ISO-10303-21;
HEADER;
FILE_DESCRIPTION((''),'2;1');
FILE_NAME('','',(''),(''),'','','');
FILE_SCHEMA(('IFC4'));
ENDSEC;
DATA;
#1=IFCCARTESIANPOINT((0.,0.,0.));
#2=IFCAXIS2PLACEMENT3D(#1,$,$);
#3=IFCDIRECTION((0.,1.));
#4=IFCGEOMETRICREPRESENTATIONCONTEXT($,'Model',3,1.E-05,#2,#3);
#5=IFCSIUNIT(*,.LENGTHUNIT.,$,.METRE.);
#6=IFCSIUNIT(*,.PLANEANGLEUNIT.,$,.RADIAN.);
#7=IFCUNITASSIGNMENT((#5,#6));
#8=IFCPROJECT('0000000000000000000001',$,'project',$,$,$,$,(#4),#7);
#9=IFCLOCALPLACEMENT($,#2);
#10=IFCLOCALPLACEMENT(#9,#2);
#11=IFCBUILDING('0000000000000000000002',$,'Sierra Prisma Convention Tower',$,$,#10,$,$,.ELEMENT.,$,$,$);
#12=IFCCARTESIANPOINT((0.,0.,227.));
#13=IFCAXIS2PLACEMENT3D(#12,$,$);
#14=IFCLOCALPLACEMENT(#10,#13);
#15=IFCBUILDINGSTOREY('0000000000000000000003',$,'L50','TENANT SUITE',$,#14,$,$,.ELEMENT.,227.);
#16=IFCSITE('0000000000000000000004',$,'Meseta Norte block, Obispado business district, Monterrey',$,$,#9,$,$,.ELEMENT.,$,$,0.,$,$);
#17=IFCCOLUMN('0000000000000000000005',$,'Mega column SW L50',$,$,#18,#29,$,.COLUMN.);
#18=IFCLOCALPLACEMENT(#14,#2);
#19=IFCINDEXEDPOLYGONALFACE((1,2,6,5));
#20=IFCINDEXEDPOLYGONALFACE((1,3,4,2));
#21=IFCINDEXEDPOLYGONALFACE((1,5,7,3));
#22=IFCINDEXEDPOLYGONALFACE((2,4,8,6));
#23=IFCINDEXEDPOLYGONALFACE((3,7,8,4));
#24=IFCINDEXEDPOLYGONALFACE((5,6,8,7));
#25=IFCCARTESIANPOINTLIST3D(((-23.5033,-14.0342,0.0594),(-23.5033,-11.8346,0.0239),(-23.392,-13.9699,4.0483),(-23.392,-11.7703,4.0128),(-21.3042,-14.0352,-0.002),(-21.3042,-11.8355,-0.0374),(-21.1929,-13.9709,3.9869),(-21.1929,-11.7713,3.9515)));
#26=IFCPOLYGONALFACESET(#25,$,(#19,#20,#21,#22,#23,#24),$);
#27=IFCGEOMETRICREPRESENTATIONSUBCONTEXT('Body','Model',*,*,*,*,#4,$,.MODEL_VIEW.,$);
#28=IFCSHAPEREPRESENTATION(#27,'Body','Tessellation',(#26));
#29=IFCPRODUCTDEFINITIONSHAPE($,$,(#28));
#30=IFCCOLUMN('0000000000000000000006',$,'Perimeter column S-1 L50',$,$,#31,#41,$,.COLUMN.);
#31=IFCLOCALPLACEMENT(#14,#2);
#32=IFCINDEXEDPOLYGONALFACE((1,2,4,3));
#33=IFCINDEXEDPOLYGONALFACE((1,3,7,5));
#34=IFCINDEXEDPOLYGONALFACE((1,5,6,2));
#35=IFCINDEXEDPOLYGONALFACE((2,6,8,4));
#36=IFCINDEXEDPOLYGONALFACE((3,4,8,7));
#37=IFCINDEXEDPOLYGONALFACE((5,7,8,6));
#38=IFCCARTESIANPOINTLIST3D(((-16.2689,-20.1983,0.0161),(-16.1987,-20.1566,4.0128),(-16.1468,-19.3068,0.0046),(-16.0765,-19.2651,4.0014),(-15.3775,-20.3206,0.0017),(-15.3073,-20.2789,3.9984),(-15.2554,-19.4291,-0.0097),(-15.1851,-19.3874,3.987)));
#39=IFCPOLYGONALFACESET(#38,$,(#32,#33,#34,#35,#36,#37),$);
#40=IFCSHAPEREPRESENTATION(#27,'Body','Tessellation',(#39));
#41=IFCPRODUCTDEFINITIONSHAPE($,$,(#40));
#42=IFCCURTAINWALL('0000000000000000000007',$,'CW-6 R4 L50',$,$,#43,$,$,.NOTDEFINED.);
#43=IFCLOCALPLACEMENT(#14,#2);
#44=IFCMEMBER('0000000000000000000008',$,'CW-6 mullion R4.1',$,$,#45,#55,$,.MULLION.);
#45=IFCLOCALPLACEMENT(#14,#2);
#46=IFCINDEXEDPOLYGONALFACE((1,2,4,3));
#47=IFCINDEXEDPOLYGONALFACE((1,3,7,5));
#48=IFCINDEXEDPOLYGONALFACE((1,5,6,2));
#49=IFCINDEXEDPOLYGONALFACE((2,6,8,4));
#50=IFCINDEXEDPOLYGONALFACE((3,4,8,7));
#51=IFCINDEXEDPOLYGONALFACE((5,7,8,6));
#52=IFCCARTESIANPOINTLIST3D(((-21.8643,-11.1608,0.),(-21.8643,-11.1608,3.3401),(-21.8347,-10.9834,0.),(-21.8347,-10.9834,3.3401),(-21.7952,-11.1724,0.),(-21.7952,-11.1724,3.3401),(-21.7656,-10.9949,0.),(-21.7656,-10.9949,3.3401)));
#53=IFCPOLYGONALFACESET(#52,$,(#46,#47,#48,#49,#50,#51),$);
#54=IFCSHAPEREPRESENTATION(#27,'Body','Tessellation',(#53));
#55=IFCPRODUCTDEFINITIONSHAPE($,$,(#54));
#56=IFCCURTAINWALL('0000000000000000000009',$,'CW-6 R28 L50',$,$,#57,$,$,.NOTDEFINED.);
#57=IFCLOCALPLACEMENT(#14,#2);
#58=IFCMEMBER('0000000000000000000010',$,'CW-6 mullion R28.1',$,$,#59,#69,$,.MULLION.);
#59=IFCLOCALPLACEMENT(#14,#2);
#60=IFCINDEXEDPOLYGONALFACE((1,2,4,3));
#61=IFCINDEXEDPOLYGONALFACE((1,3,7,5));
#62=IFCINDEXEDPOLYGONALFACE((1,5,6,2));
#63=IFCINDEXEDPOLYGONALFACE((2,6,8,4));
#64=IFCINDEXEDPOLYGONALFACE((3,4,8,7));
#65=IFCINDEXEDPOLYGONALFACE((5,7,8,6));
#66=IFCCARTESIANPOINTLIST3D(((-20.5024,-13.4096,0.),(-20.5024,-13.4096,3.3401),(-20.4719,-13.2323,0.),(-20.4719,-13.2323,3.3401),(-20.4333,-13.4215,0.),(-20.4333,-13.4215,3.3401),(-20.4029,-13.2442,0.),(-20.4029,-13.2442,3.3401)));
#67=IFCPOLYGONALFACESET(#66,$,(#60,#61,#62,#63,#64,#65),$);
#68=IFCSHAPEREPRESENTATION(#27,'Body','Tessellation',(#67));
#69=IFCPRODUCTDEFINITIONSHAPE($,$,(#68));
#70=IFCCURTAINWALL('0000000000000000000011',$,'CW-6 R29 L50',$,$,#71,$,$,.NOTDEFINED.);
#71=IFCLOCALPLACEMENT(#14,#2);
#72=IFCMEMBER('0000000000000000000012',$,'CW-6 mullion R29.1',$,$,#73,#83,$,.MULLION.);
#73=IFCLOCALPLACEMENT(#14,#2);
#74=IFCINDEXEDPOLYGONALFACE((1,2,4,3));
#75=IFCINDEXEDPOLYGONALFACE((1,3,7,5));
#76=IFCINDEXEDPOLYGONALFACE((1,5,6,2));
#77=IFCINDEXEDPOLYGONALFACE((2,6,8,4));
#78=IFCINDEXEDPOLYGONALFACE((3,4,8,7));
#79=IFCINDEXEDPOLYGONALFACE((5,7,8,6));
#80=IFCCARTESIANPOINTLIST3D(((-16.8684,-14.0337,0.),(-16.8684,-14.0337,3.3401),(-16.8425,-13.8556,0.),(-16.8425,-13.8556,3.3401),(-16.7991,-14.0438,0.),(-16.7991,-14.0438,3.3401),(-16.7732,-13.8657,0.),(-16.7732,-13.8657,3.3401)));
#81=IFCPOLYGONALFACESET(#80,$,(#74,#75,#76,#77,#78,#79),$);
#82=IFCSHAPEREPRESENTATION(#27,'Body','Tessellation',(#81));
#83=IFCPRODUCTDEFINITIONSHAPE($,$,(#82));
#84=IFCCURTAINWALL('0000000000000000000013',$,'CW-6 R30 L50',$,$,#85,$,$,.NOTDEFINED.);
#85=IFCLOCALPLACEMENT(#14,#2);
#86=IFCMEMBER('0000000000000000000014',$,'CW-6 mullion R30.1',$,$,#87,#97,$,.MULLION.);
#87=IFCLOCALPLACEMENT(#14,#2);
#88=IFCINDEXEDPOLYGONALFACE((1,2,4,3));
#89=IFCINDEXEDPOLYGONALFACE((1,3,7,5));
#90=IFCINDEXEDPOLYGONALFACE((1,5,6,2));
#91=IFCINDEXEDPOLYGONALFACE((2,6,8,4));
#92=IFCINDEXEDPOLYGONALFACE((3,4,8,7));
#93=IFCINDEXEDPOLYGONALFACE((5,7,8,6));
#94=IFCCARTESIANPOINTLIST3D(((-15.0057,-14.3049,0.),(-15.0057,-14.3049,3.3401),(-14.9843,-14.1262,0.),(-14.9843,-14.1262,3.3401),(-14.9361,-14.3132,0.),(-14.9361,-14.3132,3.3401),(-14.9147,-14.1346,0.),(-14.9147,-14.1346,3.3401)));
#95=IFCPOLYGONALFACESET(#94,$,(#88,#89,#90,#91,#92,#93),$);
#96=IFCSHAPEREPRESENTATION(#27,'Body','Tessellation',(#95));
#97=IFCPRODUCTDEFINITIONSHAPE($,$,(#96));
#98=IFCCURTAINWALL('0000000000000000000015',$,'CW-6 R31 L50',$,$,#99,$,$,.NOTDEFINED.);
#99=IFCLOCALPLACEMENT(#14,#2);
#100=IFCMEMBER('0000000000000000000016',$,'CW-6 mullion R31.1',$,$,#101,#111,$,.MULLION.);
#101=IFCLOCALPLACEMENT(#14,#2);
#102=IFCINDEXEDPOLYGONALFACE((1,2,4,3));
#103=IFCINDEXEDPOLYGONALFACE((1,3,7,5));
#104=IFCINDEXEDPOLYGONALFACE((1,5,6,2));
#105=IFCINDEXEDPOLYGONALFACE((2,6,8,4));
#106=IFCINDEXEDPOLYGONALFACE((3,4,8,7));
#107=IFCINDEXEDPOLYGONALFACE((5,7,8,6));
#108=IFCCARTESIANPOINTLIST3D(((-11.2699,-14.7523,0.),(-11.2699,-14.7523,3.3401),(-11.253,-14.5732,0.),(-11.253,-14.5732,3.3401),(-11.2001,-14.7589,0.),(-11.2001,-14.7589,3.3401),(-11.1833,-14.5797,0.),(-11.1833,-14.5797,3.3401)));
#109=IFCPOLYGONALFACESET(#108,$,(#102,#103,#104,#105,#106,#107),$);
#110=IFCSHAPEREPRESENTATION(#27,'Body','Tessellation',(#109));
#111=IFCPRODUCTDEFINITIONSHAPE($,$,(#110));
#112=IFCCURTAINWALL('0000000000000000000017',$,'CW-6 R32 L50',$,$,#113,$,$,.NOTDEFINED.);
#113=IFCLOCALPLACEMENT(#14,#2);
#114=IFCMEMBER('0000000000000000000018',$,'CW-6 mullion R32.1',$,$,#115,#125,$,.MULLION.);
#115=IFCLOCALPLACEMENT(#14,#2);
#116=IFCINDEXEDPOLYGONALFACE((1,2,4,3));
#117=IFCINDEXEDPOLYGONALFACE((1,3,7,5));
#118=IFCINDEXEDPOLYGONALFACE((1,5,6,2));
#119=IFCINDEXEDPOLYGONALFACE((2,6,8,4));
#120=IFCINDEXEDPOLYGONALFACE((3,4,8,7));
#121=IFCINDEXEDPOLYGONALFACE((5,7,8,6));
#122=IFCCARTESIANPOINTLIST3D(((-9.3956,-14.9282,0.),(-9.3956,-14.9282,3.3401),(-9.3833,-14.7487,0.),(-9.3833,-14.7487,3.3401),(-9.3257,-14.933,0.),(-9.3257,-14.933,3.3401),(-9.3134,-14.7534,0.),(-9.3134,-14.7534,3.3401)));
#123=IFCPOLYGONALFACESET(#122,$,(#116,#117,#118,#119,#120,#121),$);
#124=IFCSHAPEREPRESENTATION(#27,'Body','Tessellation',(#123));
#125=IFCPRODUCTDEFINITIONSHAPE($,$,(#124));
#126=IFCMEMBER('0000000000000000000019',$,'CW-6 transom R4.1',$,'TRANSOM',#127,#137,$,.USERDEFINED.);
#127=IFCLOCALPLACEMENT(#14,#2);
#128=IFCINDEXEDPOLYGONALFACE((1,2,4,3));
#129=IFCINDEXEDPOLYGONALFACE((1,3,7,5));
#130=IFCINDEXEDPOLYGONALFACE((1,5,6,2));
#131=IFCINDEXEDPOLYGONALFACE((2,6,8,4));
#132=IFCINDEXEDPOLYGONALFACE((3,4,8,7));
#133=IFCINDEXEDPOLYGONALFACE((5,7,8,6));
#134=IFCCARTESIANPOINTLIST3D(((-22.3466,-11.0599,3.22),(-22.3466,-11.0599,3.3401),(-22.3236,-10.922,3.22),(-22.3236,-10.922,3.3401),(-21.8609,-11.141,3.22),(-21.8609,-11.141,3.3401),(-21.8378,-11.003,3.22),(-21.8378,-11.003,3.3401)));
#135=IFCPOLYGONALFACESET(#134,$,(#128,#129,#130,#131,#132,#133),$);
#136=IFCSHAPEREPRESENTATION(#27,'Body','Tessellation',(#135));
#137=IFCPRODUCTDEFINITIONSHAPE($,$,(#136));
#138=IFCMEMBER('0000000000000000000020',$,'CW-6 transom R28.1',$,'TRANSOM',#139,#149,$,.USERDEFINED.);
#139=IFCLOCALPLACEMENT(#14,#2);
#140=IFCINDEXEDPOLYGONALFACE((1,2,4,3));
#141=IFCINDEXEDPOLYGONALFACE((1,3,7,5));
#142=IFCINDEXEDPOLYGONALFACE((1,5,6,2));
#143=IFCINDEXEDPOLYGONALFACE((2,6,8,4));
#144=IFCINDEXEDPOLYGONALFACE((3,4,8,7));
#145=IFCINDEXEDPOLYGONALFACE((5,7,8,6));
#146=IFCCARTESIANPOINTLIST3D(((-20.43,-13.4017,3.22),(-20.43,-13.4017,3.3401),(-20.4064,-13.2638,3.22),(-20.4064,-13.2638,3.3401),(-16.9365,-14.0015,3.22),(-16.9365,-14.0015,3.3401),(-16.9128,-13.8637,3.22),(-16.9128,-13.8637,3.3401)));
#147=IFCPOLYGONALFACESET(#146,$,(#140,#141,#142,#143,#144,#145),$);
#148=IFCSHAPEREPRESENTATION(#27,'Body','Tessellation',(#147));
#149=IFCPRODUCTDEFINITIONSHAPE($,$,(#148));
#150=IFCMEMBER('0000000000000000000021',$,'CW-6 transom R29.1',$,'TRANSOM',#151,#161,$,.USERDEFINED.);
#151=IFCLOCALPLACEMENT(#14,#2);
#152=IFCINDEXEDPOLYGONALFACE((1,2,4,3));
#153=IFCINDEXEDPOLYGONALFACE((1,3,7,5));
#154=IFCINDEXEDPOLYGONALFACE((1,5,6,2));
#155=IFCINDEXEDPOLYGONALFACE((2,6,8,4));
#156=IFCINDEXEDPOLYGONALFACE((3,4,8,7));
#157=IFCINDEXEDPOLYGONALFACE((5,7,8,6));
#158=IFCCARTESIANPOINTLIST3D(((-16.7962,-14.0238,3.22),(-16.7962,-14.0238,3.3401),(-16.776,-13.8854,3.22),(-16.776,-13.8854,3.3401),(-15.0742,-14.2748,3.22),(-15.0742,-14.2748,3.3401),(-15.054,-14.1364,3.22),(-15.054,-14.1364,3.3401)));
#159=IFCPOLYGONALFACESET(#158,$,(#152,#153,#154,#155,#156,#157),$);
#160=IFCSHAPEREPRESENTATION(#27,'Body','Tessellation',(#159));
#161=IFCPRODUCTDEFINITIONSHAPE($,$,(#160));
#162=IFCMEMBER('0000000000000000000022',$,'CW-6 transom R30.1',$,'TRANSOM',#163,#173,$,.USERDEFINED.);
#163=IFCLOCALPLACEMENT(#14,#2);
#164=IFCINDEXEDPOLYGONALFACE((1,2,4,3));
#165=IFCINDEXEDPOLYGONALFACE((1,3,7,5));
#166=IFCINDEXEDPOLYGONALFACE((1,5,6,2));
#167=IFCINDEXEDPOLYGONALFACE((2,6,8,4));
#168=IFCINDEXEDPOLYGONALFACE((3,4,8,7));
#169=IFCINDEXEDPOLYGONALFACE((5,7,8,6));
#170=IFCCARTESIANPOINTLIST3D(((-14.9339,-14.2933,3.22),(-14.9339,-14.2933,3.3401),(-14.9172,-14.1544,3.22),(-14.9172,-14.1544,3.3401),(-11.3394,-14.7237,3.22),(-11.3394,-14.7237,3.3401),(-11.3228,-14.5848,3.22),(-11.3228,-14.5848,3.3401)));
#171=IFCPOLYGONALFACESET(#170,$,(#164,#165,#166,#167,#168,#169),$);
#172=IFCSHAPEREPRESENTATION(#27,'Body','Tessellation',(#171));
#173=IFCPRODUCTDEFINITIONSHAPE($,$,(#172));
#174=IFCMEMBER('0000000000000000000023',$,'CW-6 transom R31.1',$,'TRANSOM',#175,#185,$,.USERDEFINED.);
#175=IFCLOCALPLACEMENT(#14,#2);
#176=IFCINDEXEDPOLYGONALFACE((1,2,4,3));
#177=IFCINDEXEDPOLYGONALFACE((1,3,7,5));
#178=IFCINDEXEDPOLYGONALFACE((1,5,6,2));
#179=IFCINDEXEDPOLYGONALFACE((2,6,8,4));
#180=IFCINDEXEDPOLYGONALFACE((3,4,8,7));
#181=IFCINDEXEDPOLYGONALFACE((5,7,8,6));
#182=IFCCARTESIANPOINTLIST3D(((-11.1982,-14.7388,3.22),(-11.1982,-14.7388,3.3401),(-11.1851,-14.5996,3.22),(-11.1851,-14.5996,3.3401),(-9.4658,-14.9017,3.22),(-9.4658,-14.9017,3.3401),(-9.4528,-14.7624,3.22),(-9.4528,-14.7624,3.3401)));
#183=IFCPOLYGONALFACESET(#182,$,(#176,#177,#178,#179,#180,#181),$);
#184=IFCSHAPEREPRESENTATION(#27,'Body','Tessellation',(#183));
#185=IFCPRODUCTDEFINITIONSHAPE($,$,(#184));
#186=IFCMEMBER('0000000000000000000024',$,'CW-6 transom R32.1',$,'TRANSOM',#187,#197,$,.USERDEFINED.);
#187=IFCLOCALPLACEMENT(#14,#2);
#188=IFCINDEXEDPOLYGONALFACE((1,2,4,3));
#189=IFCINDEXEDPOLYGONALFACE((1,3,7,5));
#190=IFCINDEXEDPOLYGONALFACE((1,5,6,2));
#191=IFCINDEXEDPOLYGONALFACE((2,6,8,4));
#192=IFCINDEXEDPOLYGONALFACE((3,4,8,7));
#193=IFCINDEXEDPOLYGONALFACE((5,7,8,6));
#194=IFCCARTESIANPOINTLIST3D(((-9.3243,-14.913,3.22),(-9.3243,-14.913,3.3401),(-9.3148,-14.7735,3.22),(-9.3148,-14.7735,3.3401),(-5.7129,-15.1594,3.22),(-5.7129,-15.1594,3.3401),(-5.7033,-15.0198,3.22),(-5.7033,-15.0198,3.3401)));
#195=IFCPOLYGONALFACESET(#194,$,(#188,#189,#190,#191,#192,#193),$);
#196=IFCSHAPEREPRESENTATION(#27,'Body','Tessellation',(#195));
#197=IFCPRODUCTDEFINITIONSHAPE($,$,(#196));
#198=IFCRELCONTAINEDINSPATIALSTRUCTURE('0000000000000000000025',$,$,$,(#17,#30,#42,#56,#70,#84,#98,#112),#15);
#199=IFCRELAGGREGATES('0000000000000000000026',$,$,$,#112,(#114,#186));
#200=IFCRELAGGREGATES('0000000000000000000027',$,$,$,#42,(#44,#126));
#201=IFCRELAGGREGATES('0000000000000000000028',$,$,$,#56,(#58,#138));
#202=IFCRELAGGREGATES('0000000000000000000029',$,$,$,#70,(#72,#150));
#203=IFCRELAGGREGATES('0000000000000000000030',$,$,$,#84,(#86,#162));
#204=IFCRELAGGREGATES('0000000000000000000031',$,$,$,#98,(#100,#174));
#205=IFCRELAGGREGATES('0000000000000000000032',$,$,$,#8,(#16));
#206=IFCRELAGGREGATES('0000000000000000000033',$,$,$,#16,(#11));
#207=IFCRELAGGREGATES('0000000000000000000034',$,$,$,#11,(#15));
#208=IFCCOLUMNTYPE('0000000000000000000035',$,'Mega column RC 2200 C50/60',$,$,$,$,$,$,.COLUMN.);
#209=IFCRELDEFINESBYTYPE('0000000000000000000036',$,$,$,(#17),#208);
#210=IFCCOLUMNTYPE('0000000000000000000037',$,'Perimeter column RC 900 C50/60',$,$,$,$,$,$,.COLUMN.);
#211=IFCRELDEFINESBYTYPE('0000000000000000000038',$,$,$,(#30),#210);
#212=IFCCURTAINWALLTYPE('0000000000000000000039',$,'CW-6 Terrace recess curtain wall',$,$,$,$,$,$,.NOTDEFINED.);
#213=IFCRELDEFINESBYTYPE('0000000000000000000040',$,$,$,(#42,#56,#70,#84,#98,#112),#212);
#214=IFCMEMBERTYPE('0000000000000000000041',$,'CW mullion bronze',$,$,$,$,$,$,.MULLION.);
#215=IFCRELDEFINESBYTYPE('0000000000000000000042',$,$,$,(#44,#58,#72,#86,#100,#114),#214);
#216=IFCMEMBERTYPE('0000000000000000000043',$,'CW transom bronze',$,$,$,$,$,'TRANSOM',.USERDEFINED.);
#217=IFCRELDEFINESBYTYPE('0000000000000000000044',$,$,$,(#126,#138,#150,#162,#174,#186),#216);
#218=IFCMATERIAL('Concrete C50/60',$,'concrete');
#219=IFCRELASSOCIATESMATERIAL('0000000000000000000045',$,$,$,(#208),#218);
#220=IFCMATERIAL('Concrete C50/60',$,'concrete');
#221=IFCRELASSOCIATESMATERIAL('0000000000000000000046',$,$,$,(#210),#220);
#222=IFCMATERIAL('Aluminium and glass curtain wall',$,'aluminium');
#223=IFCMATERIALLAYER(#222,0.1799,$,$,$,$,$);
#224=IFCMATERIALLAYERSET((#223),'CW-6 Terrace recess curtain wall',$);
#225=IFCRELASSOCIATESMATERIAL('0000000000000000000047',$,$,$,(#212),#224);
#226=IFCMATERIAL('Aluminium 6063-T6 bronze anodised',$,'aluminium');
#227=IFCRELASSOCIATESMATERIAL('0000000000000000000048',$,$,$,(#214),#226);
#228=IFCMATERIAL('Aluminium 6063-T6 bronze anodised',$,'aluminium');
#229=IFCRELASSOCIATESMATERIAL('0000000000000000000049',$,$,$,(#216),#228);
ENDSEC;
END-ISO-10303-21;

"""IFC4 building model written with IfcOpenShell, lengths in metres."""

from ifc_helpers import new_model, si_unit, direction, frame, origin, origin_2d, place, context, subcontext, project, spatial, rectangle, extrude, clip, halfspace, material, layer, layer_set, material_profile, profile_set, type_object, element, aggregate, save


model = new_model("IFC4")

# Units and contexts
model_context = context("Model", 3, precision=1e-05, world=origin(), true_north=direction((0.0, 1.0)))
body_context = subcontext(model_context, "Body", "Model", "MODEL_VIEW")
ifc_project = project(units=[si_unit("LENGTHUNIT", "METRE"), si_unit("PLANEANGLEUNIT", "RADIAN")], contexts=[model_context])

# Site, building, storey
site_placement = place(None, origin())
site = spatial("IfcSite", under=ifc_project, at=site_placement, Name="Meseta Norte block, Obispado business district, Monterrey", CompositionType="ELEMENT", RefElevation=0.0)
building_placement = place(site_placement, origin())
building = spatial("IfcBuilding", under=site, at=building_placement, Name="Sierra Prisma Convention Tower", CompositionType="ELEMENT")
storey_placement = place(building_placement, frame((0.0, 0.0, 227.0)))
storey = spatial("IfcBuildingStorey", under=building, at=storey_placement, Name="L50", Description="TENANT SUITE", CompositionType="ELEMENT", Elevation=227.0)

# Columns
ifc_material_1 = material(Name="Concrete C50/60", Category="concrete")
ifc_material_profile_1 = material_profile(ifc_material_1, rectangle(XDim=2.2, YDim=2.2, at=origin_2d()), Name="Mega column RC 2200 C50/60")
ifc_profile_set_1 = profile_set([ifc_material_profile_1], Name="Concrete C50/60")
column_type_1 = type_object("IfcColumnType", Name="Mega column RC 2200 C50/60", PredefinedType="COLUMN", material=ifc_profile_set_1)
column_1_placement = place(storey_placement, frame((-22.4041, -12.9351, 0.0), z_axis=(0.027879, 0.016105, 0.999482), x_axis=(0.999611, -0.000449, -0.027875)))
element("IfcColumn", 1, at=column_1_placement, inside=storey, type_object=column_type_1, Name="Mega column SW L50", PredefinedType="COLUMN", context=body_context, shape_type="SweptSolid", body=[
    clip(extrude(rectangle(XDim=2.2, YDim=2.2, at=origin_2d()), origin(), (0.0, 0.0, 1.0), 4.002), halfspace(frame((0.0, 0.0, 0.011)), True)),
])
ifc_material_2 = material(Name="Concrete C50/60", Category="concrete")
ifc_material_profile_2 = material_profile(ifc_material_2, rectangle(XDim=0.8999, YDim=0.8999, at=origin_2d()), Name="Perimeter column RC 900 C50/60")
ifc_profile_set_2 = profile_set([ifc_material_profile_2], Name="Concrete C50/60")
column_type_2 = type_object("IfcColumnType", Name="Perimeter column RC 900 C50/60", PredefinedType="COLUMN", material=ifc_profile_set_2)
column_2_placement = place(storey_placement, frame((-15.7622, -19.8137, 0.0), z_axis=(0.017574, 0.010435, 0.999791), x_axis=(-0.990587, 0.135945, 0.015994)))
element("IfcColumn", 2, at=column_2_placement, inside=storey, type_object=column_type_2, Name="Perimeter column S-1 L50", PredefinedType="COLUMN", context=body_context, shape_type="SweptSolid", body=[
    clip(extrude(rectangle(XDim=0.8999, YDim=0.8999, at=origin_2d()), origin(), (0.0, 0.0, 1.0), 4.0007), halfspace(frame((0.0, 0.0, 0.0032)), True)),
])

# Curtain walls, members
ifc_material_3 = material(Name="Aluminium and glass curtain wall", Category="aluminium")
ifc_layer_1 = layer(ifc_material_3, 0.1799)
ifc_layer_set_1 = layer_set([ifc_layer_1], Name="CW-6 Terrace recess curtain wall")
curtain_wall_type = type_object("IfcCurtainWallType", Name="CW-6 Terrace recess curtain wall", PredefinedType="NOTDEFINED", material=ifc_layer_set_1)
curtain_wall_1_placement = place(storey_placement, origin())
curtain_wall_1 = element("IfcCurtainWall", 3, at=curtain_wall_1_placement, inside=storey, type_object=curtain_wall_type, Name="CW-6 R4 L50", PredefinedType="NOTDEFINED")
ifc_material_4 = material(Name="Aluminium 6063-T6 bronze anodised", Category="aluminium")
ifc_material_profile_3 = material_profile(ifc_material_4, rectangle(XDim=0.1799, YDim=0.0701, at=origin_2d()), Name="ALU MULLION 70x180")
ifc_profile_set_3 = profile_set([ifc_material_profile_3], Name="Aluminium 6063-T6 bronze anodised")
member_type_1 = type_object("IfcMemberType", Name="CW mullion bronze", PredefinedType="MULLION", material=ifc_profile_set_3)
member_1_placement = place(storey_placement, frame((-21.8149, -11.0779, 0.0), z_axis=(0.0, 0.0, 1.0), x_axis=(-0.164851, -0.986319, 0.0)))
member_1 = element("IfcMember", 4, at=member_1_placement, type_object=member_type_1, Name="CW-6 mullion R4.1", PredefinedType="MULLION", context=body_context, shape_type="SweptSolid", body=[
    extrude(rectangle(XDim=0.1799, YDim=0.0701, at=origin_2d()), origin(), (0.0, 0.0, 1.0), 3.3401),
])
curtain_wall_2_placement = place(storey_placement, origin())
curtain_wall_2 = element("IfcCurtainWall", 5, at=curtain_wall_2_placement, inside=storey, type_object=curtain_wall_type, Name="CW-6 R28 L50", PredefinedType="NOTDEFINED")
member_2_placement = place(storey_placement, frame((-20.4526, -13.3269, 0.0), z_axis=(0.0, 0.0, 1.0), x_axis=(0.169246, 0.985574, 0.0)))
member_2 = element("IfcMember", 6, at=member_2_placement, type_object=member_type_1, Name="CW-6 mullion R28.1", PredefinedType="MULLION", context=body_context, shape_type="SweptSolid", body=[
    extrude(rectangle(XDim=0.1799, YDim=0.0701, at=origin_2d()), origin(), (0.0, 0.0, 1.0), 3.3401),
])
curtain_wall_3_placement = place(storey_placement, origin())
curtain_wall_3 = element("IfcCurtainWall", 7, at=curtain_wall_3_placement, inside=storey, type_object=curtain_wall_type, Name="CW-6 R29 L50", PredefinedType="NOTDEFINED")
member_3_placement = place(storey_placement, frame((-16.8208, -13.9497, 0.0), z_axis=(0.0, 0.0, 1.0), x_axis=(0.144198, 0.989549, 0.0)))
member_3 = element("IfcMember", 8, at=member_3_placement, type_object=member_type_1, Name="CW-6 mullion R29.1", PredefinedType="MULLION", context=body_context, shape_type="SweptSolid", body=[
    extrude(rectangle(XDim=0.1799, YDim=0.0701, at=origin_2d()), origin(), (0.0, 0.0, 1.0), 3.3401),
])
curtain_wall_4_placement = place(storey_placement, origin())
curtain_wall_4 = element("IfcCurtainWall", 9, at=curtain_wall_4_placement, inside=storey, type_object=curtain_wall_type, Name="CW-6 R30 L50", PredefinedType="NOTDEFINED")
member_4_placement = place(storey_placement, frame((-14.9602, -14.2197, 0.0), z_axis=(0.0, 0.0, 1.0), x_axis=(0.118885, 0.992908, 0.0)))
member_4 = element("IfcMember", 10, at=member_4_placement, type_object=member_type_1, Name="CW-6 mullion R30.1", PredefinedType="MULLION", context=body_context, shape_type="SweptSolid", body=[
    extrude(rectangle(XDim=0.1799, YDim=0.0701, at=origin_2d()), origin(), (0.0, 0.0, 1.0), 3.3401),
])
curtain_wall_5_placement = place(storey_placement, origin())
curtain_wall_5 = element("IfcCurtainWall", 11, at=curtain_wall_5_placement, inside=storey, type_object=curtain_wall_type, Name="CW-6 R31 L50", PredefinedType="NOTDEFINED")
member_5_placement = place(storey_placement, frame((-11.2266, -14.666, 0.0), z_axis=(0.0, 0.0, 1.0), x_axis=(0.093494, 0.99562, 0.0)))
member_5 = element("IfcMember", 12, at=member_5_placement, type_object=member_type_1, Name="CW-6 mullion R31.1", PredefinedType="MULLION", context=body_context, shape_type="SweptSolid", body=[
    extrude(rectangle(XDim=0.1799, YDim=0.0701, at=origin_2d()), origin(), (0.0, 0.0, 1.0), 3.3401),
])
curtain_wall_6_placement = place(storey_placement, origin())
curtain_wall_6 = element("IfcCurtainWall", 13, at=curtain_wall_6_placement, inside=storey, type_object=curtain_wall_type, Name="CW-6 R32 L50", PredefinedType="NOTDEFINED")
member_6_placement = place(storey_placement, frame((-9.3545, -14.8408, 0.0), z_axis=(0.0, 0.0, 1.0), x_axis=(0.068043, 0.997682, 0.0)))
member_6 = element("IfcMember", 14, at=member_6_placement, type_object=member_type_1, Name="CW-6 mullion R32.1", PredefinedType="MULLION", context=body_context, shape_type="SweptSolid", body=[
    extrude(rectangle(XDim=0.1799, YDim=0.0701, at=origin_2d()), origin(), (0.0, 0.0, 1.0), 3.3401),
])

# Members
ifc_material_5 = material(Name="Aluminium 6063-T6 bronze anodised", Category="aluminium")
ifc_material_profile_4 = material_profile(ifc_material_5, rectangle(XDim=0.1399, YDim=0.1201, at=origin_2d()), Name="ALU TRANSOM 120x140")
ifc_profile_set_4 = profile_set([ifc_material_profile_4], Name="Aluminium 6063-T6 bronze anodised")
member_type_2 = type_object("IfcMemberType", Name="CW transom bronze", ElementType="TRANSOM", PredefinedType="USERDEFINED", material=ifc_profile_set_4)
member_7_placement = place(storey_placement, frame((-21.8494, -11.072, 3.28), z_axis=(-0.986354, 0.16464, 0.0), x_axis=(-0.16464, -0.986354, 0.0)))
member_7 = element("IfcMember", 15, at=member_7_placement, type_object=member_type_2, Name="CW-6 transom R4.1", ObjectType="TRANSOM", PredefinedType="USERDEFINED", context=body_context, shape_type="SweptSolid", body=[
    extrude(rectangle(XDim=0.1399, YDim=0.1201, at=origin_2d()), origin(), (0.0, 0.0, 1.0), 0.4924),
])
member_8_placement = place(storey_placement, frame((-20.4182, -13.3328, 3.28), z_axis=(0.985578, -0.169222, 0.0), x_axis=(0.169222, 0.985578, 0.0)))
member_8 = element("IfcMember", 16, at=member_8_placement, type_object=member_type_2, Name="CW-6 transom R28.1", ObjectType="TRANSOM", PredefinedType="USERDEFINED", context=body_context, shape_type="SweptSolid", body=[
    extrude(rectangle(XDim=0.1399, YDim=0.1201, at=origin_2d()), origin(), (0.0, 0.0, 1.0), 3.5447),
])
member_9_placement = place(storey_placement, frame((-16.7861, -13.9546, 3.28), z_axis=(0.989544, -0.14423, 0.0), x_axis=(0.14423, 0.989544, 0.0)))
member_9 = element("IfcMember", 17, at=member_9_placement, type_object=member_type_2, Name="CW-6 transom R29.1", ObjectType="TRANSOM", PredefinedType="USERDEFINED", context=body_context, shape_type="SweptSolid", body=[
    extrude(rectangle(XDim=0.1399, YDim=0.1201, at=origin_2d()), origin(), (0.0, 0.0, 1.0), 1.7402),
])
member_10_placement = place(storey_placement, frame((-14.9255, -14.2239, 3.28), z_axis=(0.992907, -0.118895, 0.0), x_axis=(0.118895, 0.992907, 0.0)))
member_10 = element("IfcMember", 18, at=member_10_placement, type_object=member_type_2, Name="CW-6 transom R30.1", ObjectType="TRANSOM", PredefinedType="USERDEFINED", context=body_context, shape_type="SweptSolid", body=[
    extrude(rectangle(XDim=0.1399, YDim=0.1201, at=origin_2d()), origin(), (0.0, 0.0, 1.0), 3.6201),
])
member_11_placement = place(storey_placement, frame((-11.1917, -14.6692, 3.28), z_axis=(0.995611, -0.093584, 0.0), x_axis=(0.093584, 0.995611, 0.0)))
member_11 = element("IfcMember", 19, at=member_11_placement, type_object=member_type_2, Name="CW-6 transom R31.1", ObjectType="TRANSOM", PredefinedType="USERDEFINED", context=body_context, shape_type="SweptSolid", body=[
    extrude(rectangle(XDim=0.1399, YDim=0.1201, at=origin_2d()), origin(), (0.0, 0.0, 1.0), 1.74),
])
member_12_placement = place(storey_placement, frame((-9.3196, -14.8433, 3.28), z_axis=(0.997682, -0.06805, 0.0), x_axis=(0.06805, 0.997682, 0.0)))
member_12 = element("IfcMember", 20, at=member_12_placement, type_object=member_type_2, Name="CW-6 transom R32.1", ObjectType="TRANSOM", PredefinedType="USERDEFINED", context=body_context, shape_type="SweptSolid", body=[
    extrude(rectangle(XDim=0.1399, YDim=0.1201, at=origin_2d()), origin(), (0.0, 0.0, 1.0), 3.6199),
])
aggregate(curtain_wall_6, [member_6, member_12])

aggregate(curtain_wall_1, [member_1, member_7])
aggregate(curtain_wall_2, [member_2, member_8])
aggregate(curtain_wall_3, [member_3, member_9])
aggregate(curtain_wall_4, [member_4, member_10])
aggregate(curtain_wall_5, [member_5, member_11])

save(model, "model.ifc")
